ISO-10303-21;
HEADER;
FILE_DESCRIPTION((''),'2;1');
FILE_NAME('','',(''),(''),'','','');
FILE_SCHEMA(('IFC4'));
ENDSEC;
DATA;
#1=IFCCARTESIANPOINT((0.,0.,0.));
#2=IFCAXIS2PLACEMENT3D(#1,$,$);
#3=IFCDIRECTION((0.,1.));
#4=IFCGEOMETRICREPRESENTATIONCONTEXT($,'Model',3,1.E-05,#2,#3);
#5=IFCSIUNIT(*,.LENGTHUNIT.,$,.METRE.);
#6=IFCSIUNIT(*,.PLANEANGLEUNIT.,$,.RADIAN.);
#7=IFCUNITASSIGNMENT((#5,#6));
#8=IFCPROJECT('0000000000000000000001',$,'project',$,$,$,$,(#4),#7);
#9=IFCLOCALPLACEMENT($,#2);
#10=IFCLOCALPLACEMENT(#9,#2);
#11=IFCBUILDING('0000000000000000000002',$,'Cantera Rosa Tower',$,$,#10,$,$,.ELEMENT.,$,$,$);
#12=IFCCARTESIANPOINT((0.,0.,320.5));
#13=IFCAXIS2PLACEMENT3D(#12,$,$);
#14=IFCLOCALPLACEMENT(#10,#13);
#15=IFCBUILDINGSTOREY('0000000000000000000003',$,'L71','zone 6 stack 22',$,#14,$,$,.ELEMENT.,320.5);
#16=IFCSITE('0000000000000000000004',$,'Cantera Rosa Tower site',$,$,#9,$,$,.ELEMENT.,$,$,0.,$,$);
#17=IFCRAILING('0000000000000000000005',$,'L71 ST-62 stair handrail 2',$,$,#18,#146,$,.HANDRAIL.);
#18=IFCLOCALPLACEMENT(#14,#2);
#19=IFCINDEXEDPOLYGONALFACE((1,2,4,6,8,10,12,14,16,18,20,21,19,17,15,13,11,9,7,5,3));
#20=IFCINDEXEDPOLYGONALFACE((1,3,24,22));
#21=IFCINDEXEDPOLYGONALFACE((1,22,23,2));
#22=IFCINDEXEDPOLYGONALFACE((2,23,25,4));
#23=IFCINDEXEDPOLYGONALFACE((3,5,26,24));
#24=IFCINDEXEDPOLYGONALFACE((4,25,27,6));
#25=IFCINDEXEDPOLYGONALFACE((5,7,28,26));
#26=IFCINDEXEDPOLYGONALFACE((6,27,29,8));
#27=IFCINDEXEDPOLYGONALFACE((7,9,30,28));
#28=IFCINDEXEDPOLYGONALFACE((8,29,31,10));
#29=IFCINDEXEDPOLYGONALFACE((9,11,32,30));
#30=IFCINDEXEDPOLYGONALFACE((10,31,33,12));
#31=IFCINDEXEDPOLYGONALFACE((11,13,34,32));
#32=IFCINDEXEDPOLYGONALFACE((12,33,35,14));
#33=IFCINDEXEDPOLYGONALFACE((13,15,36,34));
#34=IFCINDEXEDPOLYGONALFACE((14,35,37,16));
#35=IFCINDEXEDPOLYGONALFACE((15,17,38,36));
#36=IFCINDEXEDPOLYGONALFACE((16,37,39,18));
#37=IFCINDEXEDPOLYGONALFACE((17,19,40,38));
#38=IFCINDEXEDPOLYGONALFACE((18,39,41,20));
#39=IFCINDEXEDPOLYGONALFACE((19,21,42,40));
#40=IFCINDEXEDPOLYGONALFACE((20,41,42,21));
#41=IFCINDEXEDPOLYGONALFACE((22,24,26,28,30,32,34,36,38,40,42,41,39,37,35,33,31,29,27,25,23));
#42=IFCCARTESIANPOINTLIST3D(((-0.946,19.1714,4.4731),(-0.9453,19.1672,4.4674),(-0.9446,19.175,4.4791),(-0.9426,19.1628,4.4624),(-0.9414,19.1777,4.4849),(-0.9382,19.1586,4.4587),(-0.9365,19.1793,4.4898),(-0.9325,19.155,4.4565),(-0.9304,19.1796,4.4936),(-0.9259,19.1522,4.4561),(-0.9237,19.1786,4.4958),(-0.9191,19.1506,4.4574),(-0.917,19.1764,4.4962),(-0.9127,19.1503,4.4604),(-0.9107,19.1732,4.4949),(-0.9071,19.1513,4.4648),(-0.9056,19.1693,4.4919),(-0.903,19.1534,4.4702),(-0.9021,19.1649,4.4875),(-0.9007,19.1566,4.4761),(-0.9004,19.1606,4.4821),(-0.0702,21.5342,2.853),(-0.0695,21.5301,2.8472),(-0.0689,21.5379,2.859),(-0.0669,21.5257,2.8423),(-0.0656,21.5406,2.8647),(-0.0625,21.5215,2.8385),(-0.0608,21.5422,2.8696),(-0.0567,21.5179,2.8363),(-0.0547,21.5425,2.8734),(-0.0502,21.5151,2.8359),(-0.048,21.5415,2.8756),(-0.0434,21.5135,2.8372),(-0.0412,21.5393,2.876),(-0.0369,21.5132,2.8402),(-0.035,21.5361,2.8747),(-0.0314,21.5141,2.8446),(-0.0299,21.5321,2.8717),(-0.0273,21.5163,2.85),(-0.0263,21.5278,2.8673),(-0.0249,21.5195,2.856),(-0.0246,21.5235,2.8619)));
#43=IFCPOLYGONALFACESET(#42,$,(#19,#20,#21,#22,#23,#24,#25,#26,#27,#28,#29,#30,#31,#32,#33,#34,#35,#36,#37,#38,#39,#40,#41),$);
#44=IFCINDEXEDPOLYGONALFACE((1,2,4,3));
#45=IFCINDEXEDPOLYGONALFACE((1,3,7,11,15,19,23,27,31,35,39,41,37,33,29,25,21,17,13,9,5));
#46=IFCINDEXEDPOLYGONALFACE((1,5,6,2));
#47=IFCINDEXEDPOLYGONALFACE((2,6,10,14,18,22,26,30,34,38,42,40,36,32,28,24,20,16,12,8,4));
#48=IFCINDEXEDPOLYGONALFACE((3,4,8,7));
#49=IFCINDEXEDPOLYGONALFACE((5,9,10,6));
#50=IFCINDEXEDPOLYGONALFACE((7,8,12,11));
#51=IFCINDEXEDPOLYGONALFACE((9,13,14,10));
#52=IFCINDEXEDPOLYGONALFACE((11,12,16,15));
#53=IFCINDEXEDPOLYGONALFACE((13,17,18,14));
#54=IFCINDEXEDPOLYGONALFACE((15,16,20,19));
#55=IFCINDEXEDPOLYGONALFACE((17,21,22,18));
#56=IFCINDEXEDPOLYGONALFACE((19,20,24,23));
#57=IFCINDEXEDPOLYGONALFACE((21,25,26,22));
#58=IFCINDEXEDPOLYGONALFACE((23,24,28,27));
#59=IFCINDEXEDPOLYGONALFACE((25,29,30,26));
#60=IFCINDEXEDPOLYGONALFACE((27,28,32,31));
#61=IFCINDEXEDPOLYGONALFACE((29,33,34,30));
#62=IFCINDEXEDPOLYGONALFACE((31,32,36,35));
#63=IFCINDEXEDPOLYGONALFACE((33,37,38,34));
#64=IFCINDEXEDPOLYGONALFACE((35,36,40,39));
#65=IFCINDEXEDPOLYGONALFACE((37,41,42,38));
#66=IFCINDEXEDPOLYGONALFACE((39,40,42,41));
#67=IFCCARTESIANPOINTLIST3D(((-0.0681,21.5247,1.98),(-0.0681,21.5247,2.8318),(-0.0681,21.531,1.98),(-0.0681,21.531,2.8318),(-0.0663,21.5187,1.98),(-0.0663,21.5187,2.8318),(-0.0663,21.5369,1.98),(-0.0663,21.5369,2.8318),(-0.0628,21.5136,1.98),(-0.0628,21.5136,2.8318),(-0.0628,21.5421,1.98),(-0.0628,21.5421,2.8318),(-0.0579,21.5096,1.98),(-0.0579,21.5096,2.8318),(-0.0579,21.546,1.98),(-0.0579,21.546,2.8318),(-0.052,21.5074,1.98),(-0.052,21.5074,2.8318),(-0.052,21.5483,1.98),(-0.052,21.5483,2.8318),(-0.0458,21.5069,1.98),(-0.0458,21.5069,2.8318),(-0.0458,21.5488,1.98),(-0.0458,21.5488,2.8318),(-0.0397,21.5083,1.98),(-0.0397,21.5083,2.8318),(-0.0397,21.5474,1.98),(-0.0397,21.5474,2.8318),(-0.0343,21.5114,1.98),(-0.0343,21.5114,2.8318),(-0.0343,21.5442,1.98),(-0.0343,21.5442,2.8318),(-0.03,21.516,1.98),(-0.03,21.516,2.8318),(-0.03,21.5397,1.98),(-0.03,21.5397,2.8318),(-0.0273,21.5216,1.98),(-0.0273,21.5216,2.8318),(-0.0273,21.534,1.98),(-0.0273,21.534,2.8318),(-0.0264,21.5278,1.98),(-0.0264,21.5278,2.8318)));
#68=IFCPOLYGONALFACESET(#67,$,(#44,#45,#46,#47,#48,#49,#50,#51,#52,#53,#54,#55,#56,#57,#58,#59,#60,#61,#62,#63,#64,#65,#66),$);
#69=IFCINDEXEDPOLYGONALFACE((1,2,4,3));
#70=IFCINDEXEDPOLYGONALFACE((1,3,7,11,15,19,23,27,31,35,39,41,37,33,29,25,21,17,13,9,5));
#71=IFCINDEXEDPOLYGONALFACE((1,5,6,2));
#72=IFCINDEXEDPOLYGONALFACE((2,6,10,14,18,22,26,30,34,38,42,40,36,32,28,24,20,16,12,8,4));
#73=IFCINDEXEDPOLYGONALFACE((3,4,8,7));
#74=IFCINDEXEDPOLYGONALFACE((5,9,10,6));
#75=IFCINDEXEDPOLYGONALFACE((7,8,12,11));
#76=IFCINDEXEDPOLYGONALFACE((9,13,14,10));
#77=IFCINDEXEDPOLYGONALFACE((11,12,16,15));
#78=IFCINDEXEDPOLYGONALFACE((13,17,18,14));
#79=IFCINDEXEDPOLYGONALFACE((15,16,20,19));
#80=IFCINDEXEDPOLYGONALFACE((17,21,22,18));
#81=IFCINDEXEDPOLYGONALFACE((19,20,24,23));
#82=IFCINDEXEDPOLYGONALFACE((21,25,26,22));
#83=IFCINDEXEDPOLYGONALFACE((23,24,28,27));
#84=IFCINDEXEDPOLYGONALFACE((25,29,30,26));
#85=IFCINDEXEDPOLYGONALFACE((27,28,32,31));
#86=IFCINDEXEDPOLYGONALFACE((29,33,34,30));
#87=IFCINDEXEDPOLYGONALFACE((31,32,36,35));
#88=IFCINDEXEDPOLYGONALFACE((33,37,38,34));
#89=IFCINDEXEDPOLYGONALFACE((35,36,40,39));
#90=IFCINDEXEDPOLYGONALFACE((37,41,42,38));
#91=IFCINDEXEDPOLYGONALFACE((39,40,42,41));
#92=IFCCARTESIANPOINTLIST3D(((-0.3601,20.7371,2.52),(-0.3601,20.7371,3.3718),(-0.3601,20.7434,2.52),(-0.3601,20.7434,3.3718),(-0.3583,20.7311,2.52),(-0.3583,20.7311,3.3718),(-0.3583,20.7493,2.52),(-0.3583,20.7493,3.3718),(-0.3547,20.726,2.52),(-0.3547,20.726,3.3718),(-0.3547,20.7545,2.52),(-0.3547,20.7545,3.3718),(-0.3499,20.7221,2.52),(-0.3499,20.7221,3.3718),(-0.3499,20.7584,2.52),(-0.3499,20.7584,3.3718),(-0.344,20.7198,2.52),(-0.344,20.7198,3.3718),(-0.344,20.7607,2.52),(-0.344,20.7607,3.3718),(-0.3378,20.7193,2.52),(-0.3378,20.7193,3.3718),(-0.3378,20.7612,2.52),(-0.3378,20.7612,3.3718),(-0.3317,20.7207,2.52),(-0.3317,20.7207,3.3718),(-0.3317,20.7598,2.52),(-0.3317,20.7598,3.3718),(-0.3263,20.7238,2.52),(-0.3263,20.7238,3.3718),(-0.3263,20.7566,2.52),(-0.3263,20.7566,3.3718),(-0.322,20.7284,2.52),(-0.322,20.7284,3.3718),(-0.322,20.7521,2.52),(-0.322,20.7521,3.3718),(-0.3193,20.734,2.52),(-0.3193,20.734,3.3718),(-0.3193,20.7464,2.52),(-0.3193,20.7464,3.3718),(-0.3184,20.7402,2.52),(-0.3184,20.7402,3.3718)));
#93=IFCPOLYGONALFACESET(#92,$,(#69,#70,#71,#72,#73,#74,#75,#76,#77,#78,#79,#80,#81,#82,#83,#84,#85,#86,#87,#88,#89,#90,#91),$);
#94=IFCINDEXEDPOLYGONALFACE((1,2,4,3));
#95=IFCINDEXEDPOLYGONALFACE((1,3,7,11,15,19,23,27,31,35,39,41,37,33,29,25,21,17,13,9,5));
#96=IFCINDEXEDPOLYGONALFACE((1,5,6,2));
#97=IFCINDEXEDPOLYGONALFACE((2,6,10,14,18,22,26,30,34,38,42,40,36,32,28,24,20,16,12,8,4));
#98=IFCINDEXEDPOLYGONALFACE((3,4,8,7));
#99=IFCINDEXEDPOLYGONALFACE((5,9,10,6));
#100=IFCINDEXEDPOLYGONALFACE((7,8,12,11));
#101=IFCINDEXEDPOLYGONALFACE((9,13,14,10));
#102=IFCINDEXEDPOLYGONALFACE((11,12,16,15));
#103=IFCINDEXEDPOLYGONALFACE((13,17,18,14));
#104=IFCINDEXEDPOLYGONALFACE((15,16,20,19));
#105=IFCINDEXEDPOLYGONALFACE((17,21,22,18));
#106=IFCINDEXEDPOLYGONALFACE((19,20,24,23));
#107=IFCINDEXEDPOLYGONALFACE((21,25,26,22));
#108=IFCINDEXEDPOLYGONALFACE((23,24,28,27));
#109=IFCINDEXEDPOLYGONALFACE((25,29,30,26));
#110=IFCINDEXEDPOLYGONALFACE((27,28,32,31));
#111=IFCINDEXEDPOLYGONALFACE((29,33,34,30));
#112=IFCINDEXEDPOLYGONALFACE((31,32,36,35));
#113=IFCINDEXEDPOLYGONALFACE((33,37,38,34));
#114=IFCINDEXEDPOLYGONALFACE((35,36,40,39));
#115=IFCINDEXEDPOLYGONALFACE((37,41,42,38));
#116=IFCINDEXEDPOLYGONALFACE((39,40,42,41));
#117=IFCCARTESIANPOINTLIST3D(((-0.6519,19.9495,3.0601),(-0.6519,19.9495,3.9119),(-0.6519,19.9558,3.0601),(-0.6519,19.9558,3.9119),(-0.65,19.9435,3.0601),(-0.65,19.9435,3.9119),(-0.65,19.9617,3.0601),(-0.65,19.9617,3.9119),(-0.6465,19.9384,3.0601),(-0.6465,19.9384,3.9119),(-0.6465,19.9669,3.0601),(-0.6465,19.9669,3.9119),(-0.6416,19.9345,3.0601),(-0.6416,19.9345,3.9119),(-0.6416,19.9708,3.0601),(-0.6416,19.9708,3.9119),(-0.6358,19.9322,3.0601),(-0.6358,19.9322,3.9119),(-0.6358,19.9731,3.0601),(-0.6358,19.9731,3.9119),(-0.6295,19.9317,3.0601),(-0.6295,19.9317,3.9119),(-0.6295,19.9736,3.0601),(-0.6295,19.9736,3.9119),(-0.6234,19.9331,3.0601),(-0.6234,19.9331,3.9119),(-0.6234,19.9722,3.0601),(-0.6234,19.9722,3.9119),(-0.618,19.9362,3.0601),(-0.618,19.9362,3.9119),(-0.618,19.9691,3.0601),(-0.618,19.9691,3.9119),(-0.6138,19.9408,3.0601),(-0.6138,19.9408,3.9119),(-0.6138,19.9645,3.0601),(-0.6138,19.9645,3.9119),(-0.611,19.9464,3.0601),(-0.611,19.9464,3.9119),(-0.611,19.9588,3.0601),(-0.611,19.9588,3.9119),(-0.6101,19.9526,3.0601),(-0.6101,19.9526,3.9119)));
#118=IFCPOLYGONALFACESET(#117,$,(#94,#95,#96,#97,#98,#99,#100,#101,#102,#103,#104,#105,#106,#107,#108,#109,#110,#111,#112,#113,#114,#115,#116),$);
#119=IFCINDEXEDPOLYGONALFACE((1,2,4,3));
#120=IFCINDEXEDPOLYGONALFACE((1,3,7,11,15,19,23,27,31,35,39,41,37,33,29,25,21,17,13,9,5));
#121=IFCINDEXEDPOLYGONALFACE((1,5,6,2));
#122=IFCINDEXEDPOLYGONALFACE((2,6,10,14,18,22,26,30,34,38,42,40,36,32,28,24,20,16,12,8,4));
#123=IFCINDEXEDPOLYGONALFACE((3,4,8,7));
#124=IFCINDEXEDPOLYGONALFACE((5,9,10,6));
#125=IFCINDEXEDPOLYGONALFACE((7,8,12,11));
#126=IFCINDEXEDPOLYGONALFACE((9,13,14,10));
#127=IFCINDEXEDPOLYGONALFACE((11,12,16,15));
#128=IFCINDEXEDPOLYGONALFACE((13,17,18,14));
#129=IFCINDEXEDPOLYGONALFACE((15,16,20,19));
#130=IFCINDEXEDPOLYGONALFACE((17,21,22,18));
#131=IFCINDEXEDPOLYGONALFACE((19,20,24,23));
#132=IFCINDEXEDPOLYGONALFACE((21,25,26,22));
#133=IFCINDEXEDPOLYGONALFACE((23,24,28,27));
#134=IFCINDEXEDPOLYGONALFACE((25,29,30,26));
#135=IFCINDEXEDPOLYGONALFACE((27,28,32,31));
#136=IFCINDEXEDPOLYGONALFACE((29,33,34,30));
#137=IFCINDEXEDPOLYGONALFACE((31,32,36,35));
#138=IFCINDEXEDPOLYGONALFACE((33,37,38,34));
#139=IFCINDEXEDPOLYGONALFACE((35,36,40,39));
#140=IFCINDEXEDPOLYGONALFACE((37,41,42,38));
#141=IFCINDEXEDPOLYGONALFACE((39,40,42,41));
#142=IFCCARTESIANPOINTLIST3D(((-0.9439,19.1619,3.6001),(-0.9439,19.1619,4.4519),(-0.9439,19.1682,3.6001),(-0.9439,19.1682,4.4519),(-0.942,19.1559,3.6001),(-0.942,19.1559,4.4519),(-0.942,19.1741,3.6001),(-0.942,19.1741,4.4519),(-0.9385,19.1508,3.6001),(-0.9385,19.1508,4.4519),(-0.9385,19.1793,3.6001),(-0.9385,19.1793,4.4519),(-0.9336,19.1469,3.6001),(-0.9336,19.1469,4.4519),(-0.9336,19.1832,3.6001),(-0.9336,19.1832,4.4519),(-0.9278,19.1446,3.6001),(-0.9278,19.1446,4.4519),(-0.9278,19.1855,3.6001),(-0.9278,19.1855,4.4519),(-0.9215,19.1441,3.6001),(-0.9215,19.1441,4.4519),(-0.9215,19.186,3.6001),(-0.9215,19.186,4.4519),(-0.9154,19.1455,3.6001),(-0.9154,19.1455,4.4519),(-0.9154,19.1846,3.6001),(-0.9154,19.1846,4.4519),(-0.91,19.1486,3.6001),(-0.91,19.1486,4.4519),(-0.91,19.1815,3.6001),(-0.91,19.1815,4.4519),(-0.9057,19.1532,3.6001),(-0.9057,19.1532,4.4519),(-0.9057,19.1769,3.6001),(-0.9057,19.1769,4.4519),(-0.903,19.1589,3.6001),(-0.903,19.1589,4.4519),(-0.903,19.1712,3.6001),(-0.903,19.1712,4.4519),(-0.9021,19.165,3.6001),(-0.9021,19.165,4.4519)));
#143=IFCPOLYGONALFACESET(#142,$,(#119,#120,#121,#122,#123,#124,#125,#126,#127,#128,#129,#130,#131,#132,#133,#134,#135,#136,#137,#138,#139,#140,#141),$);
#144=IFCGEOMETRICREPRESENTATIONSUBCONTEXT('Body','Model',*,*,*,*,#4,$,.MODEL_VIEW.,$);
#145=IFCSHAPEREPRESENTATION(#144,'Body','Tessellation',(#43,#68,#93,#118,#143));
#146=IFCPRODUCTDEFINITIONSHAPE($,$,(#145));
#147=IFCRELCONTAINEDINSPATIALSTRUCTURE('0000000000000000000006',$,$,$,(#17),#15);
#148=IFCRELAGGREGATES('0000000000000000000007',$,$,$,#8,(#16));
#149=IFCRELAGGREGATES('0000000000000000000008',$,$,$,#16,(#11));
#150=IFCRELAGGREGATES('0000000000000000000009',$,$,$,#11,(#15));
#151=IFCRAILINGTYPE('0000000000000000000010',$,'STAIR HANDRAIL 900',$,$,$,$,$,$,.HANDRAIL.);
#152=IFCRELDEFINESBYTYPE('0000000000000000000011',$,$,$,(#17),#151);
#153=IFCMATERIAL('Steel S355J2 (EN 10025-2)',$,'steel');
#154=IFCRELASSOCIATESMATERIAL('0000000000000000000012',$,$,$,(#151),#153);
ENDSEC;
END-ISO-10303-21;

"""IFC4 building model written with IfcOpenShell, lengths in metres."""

from ifc_helpers import new_model, si_unit, direction, frame, origin, origin_2d, place, context, subcontext, project, spatial, circle, extrude, material, type_object, element, save


model = new_model("IFC4")

# Units and contexts
model_context = context("Model", 3, precision=1e-05, world=origin(), true_north=direction((0.0, 1.0)))
body_context = subcontext(model_context, "Body", "Model", "MODEL_VIEW")
ifc_project = project(units=[si_unit("LENGTHUNIT", "METRE"), si_unit("PLANEANGLEUNIT", "RADIAN")], contexts=[model_context])

# Site, building, storey
site_placement = place(None, origin())
site = spatial("IfcSite", under=ifc_project, at=site_placement, Name="Cantera Rosa Tower site", CompositionType="ELEMENT", RefElevation=0.0)
building_placement = place(site_placement, origin())
building = spatial("IfcBuilding", under=site, at=building_placement, Name="Cantera Rosa Tower", CompositionType="ELEMENT")
storey_placement = place(building_placement, frame((0.0, 0.0, 320.5)))
storey = spatial("IfcBuildingStorey", under=building, at=storey_placement, Name="L71", Description="zone 6 stack 22", CompositionType="ELEMENT", Elevation=320.5)

# Railing
ifc_material_1 = material(Name="Steel S355J2 (EN 10025-2)", Category="steel")
railing_type = type_object("IfcRailingType", Name="STAIR HANDRAIL 900", PredefinedType="HANDRAIL", material=ifc_material_1)
railing_placement = place(storey_placement, frame((-0.0474, 21.5278, 1.98)))
element("IfcRailing", 1, at=railing_placement, inside=storey, type_object=railing_type, Name="L71 ST-62 stair handrail 2", PredefinedType="HANDRAIL", context=body_context, shape_type="SweptSolid", body=[
    extrude(circle(Radius=0.0239, at=origin_2d()), frame((0.0, 0.0, 0.876), z_axis=(-0.292326, -0.788717, 0.540806), x_axis=(0.937668, -0.347532, 0.0)), (0.0, 0.0, 1.0), 2.9958),
    extrude(circle(Radius=0.021, at=origin_2d()), origin(), (0.0, 0.0, 1.0), 0.8518),
    extrude(circle(Radius=0.021, at=origin_2d()), frame((-0.292, -0.7876, 0.54)), (0.0, 0.0, 1.0), 0.8518),
    extrude(circle(Radius=0.021, at=origin_2d()), frame((-0.5837, -1.5752, 1.0801)), (0.0, 0.0, 1.0), 0.8518),
    extrude(circle(Radius=0.021, at=origin_2d()), frame((-0.8757, -2.3628, 1.6201)), (0.0, 0.0, 1.0), 0.8518),
])

save(model, "model.ifc")
